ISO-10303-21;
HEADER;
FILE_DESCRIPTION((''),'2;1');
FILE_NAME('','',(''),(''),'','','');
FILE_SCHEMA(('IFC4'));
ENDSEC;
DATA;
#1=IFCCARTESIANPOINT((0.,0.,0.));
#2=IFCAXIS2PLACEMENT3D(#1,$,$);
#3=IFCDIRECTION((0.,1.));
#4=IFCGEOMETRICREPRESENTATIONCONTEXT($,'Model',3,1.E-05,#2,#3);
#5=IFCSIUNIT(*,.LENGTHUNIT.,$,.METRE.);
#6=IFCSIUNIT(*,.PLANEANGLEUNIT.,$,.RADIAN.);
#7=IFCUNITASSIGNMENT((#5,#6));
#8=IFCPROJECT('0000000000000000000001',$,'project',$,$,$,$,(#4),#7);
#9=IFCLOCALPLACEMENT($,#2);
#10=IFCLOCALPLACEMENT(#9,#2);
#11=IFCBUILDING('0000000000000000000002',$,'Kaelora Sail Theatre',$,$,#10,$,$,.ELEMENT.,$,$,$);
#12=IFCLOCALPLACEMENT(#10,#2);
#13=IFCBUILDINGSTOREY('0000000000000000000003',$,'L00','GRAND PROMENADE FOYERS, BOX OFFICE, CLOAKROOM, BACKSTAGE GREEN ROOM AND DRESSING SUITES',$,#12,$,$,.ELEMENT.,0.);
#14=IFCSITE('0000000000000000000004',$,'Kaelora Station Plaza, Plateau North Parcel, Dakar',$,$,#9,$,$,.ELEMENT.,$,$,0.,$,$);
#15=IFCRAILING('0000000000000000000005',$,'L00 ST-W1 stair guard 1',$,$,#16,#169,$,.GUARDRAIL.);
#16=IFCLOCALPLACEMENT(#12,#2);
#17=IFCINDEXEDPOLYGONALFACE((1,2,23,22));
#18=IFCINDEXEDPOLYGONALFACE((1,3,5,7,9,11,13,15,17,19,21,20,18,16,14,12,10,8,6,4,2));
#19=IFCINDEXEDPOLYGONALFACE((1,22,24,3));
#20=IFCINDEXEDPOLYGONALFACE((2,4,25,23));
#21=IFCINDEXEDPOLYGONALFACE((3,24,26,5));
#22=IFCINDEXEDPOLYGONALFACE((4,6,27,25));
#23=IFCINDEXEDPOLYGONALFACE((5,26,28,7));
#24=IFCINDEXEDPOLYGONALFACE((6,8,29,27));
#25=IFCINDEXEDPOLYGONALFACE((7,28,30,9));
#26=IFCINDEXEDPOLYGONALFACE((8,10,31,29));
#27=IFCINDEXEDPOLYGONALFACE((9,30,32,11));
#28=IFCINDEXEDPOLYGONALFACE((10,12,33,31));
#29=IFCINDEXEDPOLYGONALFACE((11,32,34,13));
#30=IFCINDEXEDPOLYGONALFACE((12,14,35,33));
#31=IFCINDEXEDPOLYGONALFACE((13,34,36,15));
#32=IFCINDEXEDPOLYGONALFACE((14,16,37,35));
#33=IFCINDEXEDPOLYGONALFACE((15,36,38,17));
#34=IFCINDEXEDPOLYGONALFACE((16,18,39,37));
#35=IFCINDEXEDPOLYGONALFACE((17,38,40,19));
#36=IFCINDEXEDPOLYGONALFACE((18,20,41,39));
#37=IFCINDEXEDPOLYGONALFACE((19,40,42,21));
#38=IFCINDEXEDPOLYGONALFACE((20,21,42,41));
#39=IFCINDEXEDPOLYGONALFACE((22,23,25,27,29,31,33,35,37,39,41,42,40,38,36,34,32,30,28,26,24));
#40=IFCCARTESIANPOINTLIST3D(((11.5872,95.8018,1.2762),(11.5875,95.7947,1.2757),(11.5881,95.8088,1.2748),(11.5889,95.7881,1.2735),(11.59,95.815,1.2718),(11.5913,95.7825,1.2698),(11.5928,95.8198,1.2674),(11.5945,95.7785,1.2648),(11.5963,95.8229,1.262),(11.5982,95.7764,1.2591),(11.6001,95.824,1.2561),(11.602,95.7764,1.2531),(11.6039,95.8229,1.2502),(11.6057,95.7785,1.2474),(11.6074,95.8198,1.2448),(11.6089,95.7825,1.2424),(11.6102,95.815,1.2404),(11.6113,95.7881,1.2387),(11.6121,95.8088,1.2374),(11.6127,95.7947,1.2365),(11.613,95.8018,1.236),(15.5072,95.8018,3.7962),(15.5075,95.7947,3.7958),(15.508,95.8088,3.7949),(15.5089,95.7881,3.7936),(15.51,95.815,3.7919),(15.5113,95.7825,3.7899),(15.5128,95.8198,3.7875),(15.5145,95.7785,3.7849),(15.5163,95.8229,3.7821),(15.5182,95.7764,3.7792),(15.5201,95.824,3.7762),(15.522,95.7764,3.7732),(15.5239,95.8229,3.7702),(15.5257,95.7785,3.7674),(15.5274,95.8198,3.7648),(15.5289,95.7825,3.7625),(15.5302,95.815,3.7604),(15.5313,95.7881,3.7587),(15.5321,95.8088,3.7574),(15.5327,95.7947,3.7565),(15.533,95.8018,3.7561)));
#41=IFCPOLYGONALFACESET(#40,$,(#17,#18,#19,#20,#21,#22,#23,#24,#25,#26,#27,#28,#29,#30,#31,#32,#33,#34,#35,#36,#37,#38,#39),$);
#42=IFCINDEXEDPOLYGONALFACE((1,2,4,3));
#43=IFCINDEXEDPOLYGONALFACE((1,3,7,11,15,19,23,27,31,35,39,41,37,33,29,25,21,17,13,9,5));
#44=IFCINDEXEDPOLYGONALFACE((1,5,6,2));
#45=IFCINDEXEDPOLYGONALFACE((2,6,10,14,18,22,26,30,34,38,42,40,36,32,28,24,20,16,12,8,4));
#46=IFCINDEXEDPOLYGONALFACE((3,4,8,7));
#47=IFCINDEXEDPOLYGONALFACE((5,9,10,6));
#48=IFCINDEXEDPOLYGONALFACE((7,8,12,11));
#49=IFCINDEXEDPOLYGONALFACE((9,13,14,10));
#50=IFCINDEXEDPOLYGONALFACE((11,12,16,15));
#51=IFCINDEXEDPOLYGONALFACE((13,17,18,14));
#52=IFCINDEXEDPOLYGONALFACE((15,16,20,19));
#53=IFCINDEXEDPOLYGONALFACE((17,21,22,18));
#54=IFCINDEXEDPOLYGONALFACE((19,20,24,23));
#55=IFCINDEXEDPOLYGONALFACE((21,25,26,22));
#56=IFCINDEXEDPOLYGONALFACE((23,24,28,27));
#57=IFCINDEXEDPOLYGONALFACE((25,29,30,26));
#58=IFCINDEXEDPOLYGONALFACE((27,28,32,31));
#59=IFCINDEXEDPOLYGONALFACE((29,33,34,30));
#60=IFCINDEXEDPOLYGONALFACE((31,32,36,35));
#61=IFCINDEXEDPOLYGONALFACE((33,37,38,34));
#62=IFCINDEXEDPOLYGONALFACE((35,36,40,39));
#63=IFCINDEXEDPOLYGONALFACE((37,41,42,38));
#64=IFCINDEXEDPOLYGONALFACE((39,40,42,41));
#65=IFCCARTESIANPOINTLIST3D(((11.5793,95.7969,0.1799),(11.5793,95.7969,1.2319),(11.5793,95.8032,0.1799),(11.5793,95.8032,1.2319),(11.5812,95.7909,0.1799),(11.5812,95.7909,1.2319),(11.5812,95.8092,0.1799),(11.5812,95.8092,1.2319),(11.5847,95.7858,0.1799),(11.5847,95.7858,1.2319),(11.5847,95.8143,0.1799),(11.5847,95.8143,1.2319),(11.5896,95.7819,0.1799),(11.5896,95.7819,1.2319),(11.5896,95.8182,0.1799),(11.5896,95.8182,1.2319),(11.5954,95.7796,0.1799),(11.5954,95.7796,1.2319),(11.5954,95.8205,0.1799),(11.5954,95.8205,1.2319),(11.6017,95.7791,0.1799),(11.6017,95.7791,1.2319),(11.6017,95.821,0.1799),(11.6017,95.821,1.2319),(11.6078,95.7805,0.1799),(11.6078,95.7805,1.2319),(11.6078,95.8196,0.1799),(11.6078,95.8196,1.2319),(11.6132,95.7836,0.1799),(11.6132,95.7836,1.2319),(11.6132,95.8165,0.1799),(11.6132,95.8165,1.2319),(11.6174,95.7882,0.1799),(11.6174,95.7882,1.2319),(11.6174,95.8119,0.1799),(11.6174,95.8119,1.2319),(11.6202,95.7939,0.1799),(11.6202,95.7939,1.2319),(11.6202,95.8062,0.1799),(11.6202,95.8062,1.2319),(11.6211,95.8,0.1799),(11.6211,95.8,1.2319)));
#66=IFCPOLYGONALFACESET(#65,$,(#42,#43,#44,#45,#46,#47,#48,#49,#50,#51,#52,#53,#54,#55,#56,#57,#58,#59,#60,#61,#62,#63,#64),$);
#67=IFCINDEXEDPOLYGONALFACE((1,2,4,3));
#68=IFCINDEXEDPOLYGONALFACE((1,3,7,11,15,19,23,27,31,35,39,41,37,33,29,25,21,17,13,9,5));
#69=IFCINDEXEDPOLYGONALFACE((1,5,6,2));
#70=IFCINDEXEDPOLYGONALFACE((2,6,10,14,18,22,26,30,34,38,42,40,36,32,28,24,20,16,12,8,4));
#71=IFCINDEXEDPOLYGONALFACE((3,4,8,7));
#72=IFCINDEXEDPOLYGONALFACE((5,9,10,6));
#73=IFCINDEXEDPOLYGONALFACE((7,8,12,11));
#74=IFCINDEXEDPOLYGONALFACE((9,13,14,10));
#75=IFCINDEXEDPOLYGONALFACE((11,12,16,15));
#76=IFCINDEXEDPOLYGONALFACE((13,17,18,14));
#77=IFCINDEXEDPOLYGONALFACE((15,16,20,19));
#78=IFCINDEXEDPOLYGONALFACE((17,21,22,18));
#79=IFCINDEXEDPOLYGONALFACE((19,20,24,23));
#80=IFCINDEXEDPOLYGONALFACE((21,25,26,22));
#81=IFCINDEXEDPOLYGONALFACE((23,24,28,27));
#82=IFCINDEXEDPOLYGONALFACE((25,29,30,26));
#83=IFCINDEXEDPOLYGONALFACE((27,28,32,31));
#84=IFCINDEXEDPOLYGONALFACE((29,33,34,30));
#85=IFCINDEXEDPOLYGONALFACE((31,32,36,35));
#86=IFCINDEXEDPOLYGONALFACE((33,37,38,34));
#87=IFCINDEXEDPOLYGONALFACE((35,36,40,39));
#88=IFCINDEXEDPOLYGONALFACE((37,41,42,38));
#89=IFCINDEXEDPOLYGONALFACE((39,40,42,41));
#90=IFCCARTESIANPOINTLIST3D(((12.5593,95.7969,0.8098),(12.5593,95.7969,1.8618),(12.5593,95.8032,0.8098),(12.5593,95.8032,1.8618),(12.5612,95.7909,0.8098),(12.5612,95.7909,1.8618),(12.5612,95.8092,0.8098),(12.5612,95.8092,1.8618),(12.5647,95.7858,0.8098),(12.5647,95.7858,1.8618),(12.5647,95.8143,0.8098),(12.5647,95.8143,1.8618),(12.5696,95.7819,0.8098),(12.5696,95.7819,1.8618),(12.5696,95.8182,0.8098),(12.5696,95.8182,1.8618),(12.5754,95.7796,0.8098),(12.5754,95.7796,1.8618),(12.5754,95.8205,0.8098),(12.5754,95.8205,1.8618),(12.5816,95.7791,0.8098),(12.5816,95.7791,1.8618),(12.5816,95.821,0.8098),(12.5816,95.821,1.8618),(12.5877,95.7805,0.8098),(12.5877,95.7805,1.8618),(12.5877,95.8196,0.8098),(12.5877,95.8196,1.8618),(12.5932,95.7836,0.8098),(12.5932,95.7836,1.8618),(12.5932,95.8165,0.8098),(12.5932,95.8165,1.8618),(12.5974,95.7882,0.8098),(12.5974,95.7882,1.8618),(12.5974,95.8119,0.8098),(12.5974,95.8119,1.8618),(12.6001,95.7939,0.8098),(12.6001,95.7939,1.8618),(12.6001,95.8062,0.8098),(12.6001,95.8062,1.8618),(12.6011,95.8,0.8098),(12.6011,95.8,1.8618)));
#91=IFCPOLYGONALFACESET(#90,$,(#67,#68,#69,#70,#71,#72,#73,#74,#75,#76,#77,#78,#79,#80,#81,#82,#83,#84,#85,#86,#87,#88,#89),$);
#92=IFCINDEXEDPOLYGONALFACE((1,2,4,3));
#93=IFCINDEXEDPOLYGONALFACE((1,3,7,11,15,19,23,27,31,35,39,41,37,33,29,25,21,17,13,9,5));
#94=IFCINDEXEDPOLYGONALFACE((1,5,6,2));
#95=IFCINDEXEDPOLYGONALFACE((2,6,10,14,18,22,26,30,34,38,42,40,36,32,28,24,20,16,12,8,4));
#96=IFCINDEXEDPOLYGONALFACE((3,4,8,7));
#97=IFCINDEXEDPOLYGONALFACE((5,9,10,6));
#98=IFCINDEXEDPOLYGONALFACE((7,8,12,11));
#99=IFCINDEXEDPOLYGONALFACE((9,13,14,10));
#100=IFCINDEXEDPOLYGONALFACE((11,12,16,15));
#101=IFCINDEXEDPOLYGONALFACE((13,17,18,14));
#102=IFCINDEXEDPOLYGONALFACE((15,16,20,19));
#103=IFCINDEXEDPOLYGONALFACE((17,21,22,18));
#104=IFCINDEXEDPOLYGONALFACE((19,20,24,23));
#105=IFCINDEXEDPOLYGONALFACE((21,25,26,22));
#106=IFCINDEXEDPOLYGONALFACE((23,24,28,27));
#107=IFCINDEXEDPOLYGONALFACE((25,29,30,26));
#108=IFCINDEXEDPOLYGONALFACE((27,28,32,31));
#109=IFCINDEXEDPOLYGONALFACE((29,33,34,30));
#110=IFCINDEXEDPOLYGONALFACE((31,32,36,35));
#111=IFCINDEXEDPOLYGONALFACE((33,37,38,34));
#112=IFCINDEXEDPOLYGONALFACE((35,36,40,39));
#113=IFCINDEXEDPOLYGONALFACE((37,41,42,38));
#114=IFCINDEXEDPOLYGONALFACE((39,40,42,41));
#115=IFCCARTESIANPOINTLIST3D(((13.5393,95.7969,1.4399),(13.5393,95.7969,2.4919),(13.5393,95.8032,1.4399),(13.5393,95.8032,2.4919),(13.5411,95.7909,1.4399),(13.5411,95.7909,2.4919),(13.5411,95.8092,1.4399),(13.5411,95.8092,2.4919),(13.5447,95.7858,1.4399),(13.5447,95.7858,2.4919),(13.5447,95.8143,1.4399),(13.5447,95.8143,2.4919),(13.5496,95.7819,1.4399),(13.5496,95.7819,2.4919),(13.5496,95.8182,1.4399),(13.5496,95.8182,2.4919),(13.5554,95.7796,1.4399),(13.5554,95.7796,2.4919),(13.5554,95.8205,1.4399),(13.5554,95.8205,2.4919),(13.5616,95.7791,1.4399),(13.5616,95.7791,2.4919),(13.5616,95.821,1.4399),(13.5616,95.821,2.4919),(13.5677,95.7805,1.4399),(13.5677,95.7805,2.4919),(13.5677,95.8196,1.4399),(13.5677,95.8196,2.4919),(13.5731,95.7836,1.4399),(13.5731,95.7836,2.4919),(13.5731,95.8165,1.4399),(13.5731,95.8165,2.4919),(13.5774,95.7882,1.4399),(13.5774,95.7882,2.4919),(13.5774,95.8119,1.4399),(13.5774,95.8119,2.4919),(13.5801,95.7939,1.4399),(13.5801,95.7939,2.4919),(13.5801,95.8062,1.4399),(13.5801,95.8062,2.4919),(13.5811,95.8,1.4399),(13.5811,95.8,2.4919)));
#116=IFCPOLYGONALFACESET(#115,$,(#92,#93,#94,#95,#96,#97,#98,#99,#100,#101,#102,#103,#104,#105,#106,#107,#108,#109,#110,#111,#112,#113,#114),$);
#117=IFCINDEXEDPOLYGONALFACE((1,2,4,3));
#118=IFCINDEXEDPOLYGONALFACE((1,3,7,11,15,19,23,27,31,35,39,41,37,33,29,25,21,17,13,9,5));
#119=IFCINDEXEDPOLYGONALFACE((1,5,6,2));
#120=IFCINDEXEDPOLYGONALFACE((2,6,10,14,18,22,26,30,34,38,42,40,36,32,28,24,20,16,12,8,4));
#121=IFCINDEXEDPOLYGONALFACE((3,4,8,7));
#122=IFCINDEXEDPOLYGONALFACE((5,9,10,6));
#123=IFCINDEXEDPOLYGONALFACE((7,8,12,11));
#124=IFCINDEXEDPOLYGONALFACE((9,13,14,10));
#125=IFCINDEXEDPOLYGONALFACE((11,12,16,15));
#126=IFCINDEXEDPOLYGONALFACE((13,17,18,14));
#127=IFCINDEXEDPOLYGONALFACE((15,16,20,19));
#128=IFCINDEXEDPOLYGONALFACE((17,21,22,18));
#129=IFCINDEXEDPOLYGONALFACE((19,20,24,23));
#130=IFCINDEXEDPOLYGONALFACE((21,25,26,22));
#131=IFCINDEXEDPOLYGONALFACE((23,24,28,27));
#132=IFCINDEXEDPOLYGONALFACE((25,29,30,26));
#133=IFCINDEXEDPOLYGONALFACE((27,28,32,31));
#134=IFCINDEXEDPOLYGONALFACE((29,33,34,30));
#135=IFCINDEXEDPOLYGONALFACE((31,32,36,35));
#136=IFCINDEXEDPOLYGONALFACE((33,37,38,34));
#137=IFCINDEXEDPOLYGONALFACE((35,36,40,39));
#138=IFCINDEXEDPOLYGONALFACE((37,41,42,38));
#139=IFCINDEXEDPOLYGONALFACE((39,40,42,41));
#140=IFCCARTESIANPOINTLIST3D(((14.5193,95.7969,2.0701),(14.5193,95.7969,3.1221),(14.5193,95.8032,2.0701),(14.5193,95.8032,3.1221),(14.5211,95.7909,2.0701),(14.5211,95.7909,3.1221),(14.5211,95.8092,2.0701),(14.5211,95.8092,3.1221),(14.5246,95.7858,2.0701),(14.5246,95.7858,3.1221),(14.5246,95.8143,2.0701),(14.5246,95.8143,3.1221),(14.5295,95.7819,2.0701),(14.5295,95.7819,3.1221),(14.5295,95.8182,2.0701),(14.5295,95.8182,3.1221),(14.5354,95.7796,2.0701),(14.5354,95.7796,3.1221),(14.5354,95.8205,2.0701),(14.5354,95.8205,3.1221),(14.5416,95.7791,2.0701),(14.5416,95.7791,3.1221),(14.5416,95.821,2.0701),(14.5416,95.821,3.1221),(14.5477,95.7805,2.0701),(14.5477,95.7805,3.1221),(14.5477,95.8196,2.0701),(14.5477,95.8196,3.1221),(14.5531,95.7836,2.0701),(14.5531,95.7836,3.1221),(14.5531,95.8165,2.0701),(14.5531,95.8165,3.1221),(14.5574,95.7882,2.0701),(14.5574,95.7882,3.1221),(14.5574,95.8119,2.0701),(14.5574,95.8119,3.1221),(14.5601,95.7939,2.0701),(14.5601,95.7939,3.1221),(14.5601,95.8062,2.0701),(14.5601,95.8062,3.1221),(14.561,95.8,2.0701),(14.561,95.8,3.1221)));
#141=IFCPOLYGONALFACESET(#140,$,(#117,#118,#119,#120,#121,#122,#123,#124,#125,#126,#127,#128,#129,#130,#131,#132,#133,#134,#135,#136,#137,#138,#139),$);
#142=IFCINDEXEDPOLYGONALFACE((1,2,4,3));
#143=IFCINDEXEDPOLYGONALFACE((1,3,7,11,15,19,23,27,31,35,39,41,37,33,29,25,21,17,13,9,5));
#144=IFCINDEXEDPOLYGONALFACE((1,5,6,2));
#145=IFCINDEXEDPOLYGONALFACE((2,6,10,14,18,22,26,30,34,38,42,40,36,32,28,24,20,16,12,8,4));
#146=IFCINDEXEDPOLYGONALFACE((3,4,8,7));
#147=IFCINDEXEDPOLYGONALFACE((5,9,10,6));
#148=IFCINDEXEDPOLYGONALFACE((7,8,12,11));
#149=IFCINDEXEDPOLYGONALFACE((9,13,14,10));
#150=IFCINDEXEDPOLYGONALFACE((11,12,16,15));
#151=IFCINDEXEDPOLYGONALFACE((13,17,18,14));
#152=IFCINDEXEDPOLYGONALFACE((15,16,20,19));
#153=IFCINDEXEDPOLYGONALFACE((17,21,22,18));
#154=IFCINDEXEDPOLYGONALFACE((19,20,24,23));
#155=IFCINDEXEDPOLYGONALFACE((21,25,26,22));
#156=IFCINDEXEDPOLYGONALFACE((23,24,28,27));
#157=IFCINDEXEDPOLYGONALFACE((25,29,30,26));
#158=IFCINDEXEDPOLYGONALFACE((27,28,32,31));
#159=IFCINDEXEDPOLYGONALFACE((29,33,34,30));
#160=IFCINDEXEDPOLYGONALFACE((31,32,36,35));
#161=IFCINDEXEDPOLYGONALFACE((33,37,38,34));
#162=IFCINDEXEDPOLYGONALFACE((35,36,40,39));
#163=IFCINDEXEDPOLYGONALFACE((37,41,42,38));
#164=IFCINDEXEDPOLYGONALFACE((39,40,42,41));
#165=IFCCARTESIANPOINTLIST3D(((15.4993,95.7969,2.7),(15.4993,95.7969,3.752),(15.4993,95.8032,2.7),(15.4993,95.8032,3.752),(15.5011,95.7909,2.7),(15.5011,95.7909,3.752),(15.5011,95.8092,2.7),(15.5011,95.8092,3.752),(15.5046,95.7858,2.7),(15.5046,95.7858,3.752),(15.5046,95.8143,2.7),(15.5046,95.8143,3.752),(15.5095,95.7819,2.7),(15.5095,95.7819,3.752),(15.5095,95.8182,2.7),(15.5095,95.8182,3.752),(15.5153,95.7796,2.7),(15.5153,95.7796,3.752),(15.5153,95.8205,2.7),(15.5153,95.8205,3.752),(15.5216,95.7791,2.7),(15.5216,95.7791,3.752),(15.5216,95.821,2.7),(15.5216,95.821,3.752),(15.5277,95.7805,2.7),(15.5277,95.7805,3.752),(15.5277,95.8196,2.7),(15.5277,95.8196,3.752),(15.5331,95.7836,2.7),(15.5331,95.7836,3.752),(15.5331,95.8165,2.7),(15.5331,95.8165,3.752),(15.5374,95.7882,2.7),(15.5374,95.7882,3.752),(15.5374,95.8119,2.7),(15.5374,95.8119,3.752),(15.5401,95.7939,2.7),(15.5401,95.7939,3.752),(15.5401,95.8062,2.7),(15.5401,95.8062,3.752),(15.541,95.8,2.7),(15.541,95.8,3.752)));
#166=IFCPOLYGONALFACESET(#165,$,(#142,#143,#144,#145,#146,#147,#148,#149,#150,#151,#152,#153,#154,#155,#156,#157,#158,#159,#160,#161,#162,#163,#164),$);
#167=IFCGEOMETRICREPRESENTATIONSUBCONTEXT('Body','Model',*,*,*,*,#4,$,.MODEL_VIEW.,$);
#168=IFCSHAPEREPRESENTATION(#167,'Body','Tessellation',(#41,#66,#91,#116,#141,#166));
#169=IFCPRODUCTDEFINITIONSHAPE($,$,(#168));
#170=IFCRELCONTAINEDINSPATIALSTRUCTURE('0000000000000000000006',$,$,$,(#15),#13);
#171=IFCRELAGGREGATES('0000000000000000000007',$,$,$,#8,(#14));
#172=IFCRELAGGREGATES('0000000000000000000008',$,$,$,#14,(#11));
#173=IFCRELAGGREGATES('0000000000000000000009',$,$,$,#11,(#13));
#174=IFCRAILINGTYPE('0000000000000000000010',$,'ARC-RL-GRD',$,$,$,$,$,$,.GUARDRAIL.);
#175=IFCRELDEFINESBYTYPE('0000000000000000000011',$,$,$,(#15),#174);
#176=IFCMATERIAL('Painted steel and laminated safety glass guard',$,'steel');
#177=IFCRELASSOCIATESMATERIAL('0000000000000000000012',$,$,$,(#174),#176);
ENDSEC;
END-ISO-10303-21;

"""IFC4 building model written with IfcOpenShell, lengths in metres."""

from ifc_helpers import new_model, si_unit, direction, frame, origin, origin_2d, place, context, subcontext, project, spatial, circle, extrude, material, type_object, element, save


model = new_model("IFC4")

# Units and contexts
model_context = context("Model", 3, precision=1e-05, world=origin(), true_north=direction((0.0, 1.0)))
body_context = subcontext(model_context, "Body", "Model", "MODEL_VIEW")
ifc_project = project(units=[si_unit("LENGTHUNIT", "METRE"), si_unit("PLANEANGLEUNIT", "RADIAN")], contexts=[model_context])

# Site, building, storey
site_placement = place(None, origin())
site = spatial("IfcSite", under=ifc_project, at=site_placement, Name="Kaelora Station Plaza, Plateau North Parcel, Dakar", CompositionType="ELEMENT", RefElevation=0.0)
building_placement = place(site_placement, origin())
building = spatial("IfcBuilding", under=site, at=building_placement, Name="Kaelora Sail Theatre", CompositionType="ELEMENT")
storey_placement = place(building_placement, origin())
storey = spatial("IfcBuildingStorey", under=building, at=storey_placement, Name="L00", Description="GRAND PROMENADE FOYERS, BOX OFFICE, CLOAKROOM, BACKSTAGE GREEN ROOM AND DRESSING SUITES", CompositionType="ELEMENT", Elevation=0.0)

# Railing
ifc_material_1 = material(Name="Painted steel and laminated safety glass guard", Category="steel")
railing_type_1 = type_object("IfcRailingType", Name="ARC-RL-GRD", PredefinedType="GUARDRAIL", material=ifc_material_1)
railing_1_placement = place(storey_placement, frame((11.6001, 95.8, 0.1799)))
element("IfcRailing", 1, at=railing_1_placement, inside=storey, type_object=railing_type_1, Name="L00 ST-W1 stair guard 1", PredefinedType="GUARDRAIL", context=body_context, shape_type="SweptSolid", body=[
    extrude(circle(Radius=0.0239, at=origin_2d()), frame((0.0, 0.0, 1.0762), z_axis=(0.841172, 0.0, 0.540768), x_axis=(0.0, 1.0, 0.0)), (0.0, 0.0, 1.0), 4.6602),
    extrude(circle(Radius=0.021, at=origin_2d()), origin(), (0.0, 0.0, 1.0), 1.052),
    extrude(circle(Radius=0.021, at=origin_2d()), frame((0.98, 0.0, 0.6299)), (0.0, 0.0, 1.0), 1.052),
    extrude(circle(Radius=0.021, at=origin_2d()), frame((1.96, 0.0, 1.26)), (0.0, 0.0, 1.0), 1.052),
    extrude(circle(Radius=0.021, at=origin_2d()), frame((2.9399, 0.0, 1.8901)), (0.0, 0.0, 1.0), 1.052),
    extrude(circle(Radius=0.021, at=origin_2d()), frame((3.9199, 0.0, 2.52)), (0.0, 0.0, 1.0), 1.052),
])

save(model, "model.ifc")
